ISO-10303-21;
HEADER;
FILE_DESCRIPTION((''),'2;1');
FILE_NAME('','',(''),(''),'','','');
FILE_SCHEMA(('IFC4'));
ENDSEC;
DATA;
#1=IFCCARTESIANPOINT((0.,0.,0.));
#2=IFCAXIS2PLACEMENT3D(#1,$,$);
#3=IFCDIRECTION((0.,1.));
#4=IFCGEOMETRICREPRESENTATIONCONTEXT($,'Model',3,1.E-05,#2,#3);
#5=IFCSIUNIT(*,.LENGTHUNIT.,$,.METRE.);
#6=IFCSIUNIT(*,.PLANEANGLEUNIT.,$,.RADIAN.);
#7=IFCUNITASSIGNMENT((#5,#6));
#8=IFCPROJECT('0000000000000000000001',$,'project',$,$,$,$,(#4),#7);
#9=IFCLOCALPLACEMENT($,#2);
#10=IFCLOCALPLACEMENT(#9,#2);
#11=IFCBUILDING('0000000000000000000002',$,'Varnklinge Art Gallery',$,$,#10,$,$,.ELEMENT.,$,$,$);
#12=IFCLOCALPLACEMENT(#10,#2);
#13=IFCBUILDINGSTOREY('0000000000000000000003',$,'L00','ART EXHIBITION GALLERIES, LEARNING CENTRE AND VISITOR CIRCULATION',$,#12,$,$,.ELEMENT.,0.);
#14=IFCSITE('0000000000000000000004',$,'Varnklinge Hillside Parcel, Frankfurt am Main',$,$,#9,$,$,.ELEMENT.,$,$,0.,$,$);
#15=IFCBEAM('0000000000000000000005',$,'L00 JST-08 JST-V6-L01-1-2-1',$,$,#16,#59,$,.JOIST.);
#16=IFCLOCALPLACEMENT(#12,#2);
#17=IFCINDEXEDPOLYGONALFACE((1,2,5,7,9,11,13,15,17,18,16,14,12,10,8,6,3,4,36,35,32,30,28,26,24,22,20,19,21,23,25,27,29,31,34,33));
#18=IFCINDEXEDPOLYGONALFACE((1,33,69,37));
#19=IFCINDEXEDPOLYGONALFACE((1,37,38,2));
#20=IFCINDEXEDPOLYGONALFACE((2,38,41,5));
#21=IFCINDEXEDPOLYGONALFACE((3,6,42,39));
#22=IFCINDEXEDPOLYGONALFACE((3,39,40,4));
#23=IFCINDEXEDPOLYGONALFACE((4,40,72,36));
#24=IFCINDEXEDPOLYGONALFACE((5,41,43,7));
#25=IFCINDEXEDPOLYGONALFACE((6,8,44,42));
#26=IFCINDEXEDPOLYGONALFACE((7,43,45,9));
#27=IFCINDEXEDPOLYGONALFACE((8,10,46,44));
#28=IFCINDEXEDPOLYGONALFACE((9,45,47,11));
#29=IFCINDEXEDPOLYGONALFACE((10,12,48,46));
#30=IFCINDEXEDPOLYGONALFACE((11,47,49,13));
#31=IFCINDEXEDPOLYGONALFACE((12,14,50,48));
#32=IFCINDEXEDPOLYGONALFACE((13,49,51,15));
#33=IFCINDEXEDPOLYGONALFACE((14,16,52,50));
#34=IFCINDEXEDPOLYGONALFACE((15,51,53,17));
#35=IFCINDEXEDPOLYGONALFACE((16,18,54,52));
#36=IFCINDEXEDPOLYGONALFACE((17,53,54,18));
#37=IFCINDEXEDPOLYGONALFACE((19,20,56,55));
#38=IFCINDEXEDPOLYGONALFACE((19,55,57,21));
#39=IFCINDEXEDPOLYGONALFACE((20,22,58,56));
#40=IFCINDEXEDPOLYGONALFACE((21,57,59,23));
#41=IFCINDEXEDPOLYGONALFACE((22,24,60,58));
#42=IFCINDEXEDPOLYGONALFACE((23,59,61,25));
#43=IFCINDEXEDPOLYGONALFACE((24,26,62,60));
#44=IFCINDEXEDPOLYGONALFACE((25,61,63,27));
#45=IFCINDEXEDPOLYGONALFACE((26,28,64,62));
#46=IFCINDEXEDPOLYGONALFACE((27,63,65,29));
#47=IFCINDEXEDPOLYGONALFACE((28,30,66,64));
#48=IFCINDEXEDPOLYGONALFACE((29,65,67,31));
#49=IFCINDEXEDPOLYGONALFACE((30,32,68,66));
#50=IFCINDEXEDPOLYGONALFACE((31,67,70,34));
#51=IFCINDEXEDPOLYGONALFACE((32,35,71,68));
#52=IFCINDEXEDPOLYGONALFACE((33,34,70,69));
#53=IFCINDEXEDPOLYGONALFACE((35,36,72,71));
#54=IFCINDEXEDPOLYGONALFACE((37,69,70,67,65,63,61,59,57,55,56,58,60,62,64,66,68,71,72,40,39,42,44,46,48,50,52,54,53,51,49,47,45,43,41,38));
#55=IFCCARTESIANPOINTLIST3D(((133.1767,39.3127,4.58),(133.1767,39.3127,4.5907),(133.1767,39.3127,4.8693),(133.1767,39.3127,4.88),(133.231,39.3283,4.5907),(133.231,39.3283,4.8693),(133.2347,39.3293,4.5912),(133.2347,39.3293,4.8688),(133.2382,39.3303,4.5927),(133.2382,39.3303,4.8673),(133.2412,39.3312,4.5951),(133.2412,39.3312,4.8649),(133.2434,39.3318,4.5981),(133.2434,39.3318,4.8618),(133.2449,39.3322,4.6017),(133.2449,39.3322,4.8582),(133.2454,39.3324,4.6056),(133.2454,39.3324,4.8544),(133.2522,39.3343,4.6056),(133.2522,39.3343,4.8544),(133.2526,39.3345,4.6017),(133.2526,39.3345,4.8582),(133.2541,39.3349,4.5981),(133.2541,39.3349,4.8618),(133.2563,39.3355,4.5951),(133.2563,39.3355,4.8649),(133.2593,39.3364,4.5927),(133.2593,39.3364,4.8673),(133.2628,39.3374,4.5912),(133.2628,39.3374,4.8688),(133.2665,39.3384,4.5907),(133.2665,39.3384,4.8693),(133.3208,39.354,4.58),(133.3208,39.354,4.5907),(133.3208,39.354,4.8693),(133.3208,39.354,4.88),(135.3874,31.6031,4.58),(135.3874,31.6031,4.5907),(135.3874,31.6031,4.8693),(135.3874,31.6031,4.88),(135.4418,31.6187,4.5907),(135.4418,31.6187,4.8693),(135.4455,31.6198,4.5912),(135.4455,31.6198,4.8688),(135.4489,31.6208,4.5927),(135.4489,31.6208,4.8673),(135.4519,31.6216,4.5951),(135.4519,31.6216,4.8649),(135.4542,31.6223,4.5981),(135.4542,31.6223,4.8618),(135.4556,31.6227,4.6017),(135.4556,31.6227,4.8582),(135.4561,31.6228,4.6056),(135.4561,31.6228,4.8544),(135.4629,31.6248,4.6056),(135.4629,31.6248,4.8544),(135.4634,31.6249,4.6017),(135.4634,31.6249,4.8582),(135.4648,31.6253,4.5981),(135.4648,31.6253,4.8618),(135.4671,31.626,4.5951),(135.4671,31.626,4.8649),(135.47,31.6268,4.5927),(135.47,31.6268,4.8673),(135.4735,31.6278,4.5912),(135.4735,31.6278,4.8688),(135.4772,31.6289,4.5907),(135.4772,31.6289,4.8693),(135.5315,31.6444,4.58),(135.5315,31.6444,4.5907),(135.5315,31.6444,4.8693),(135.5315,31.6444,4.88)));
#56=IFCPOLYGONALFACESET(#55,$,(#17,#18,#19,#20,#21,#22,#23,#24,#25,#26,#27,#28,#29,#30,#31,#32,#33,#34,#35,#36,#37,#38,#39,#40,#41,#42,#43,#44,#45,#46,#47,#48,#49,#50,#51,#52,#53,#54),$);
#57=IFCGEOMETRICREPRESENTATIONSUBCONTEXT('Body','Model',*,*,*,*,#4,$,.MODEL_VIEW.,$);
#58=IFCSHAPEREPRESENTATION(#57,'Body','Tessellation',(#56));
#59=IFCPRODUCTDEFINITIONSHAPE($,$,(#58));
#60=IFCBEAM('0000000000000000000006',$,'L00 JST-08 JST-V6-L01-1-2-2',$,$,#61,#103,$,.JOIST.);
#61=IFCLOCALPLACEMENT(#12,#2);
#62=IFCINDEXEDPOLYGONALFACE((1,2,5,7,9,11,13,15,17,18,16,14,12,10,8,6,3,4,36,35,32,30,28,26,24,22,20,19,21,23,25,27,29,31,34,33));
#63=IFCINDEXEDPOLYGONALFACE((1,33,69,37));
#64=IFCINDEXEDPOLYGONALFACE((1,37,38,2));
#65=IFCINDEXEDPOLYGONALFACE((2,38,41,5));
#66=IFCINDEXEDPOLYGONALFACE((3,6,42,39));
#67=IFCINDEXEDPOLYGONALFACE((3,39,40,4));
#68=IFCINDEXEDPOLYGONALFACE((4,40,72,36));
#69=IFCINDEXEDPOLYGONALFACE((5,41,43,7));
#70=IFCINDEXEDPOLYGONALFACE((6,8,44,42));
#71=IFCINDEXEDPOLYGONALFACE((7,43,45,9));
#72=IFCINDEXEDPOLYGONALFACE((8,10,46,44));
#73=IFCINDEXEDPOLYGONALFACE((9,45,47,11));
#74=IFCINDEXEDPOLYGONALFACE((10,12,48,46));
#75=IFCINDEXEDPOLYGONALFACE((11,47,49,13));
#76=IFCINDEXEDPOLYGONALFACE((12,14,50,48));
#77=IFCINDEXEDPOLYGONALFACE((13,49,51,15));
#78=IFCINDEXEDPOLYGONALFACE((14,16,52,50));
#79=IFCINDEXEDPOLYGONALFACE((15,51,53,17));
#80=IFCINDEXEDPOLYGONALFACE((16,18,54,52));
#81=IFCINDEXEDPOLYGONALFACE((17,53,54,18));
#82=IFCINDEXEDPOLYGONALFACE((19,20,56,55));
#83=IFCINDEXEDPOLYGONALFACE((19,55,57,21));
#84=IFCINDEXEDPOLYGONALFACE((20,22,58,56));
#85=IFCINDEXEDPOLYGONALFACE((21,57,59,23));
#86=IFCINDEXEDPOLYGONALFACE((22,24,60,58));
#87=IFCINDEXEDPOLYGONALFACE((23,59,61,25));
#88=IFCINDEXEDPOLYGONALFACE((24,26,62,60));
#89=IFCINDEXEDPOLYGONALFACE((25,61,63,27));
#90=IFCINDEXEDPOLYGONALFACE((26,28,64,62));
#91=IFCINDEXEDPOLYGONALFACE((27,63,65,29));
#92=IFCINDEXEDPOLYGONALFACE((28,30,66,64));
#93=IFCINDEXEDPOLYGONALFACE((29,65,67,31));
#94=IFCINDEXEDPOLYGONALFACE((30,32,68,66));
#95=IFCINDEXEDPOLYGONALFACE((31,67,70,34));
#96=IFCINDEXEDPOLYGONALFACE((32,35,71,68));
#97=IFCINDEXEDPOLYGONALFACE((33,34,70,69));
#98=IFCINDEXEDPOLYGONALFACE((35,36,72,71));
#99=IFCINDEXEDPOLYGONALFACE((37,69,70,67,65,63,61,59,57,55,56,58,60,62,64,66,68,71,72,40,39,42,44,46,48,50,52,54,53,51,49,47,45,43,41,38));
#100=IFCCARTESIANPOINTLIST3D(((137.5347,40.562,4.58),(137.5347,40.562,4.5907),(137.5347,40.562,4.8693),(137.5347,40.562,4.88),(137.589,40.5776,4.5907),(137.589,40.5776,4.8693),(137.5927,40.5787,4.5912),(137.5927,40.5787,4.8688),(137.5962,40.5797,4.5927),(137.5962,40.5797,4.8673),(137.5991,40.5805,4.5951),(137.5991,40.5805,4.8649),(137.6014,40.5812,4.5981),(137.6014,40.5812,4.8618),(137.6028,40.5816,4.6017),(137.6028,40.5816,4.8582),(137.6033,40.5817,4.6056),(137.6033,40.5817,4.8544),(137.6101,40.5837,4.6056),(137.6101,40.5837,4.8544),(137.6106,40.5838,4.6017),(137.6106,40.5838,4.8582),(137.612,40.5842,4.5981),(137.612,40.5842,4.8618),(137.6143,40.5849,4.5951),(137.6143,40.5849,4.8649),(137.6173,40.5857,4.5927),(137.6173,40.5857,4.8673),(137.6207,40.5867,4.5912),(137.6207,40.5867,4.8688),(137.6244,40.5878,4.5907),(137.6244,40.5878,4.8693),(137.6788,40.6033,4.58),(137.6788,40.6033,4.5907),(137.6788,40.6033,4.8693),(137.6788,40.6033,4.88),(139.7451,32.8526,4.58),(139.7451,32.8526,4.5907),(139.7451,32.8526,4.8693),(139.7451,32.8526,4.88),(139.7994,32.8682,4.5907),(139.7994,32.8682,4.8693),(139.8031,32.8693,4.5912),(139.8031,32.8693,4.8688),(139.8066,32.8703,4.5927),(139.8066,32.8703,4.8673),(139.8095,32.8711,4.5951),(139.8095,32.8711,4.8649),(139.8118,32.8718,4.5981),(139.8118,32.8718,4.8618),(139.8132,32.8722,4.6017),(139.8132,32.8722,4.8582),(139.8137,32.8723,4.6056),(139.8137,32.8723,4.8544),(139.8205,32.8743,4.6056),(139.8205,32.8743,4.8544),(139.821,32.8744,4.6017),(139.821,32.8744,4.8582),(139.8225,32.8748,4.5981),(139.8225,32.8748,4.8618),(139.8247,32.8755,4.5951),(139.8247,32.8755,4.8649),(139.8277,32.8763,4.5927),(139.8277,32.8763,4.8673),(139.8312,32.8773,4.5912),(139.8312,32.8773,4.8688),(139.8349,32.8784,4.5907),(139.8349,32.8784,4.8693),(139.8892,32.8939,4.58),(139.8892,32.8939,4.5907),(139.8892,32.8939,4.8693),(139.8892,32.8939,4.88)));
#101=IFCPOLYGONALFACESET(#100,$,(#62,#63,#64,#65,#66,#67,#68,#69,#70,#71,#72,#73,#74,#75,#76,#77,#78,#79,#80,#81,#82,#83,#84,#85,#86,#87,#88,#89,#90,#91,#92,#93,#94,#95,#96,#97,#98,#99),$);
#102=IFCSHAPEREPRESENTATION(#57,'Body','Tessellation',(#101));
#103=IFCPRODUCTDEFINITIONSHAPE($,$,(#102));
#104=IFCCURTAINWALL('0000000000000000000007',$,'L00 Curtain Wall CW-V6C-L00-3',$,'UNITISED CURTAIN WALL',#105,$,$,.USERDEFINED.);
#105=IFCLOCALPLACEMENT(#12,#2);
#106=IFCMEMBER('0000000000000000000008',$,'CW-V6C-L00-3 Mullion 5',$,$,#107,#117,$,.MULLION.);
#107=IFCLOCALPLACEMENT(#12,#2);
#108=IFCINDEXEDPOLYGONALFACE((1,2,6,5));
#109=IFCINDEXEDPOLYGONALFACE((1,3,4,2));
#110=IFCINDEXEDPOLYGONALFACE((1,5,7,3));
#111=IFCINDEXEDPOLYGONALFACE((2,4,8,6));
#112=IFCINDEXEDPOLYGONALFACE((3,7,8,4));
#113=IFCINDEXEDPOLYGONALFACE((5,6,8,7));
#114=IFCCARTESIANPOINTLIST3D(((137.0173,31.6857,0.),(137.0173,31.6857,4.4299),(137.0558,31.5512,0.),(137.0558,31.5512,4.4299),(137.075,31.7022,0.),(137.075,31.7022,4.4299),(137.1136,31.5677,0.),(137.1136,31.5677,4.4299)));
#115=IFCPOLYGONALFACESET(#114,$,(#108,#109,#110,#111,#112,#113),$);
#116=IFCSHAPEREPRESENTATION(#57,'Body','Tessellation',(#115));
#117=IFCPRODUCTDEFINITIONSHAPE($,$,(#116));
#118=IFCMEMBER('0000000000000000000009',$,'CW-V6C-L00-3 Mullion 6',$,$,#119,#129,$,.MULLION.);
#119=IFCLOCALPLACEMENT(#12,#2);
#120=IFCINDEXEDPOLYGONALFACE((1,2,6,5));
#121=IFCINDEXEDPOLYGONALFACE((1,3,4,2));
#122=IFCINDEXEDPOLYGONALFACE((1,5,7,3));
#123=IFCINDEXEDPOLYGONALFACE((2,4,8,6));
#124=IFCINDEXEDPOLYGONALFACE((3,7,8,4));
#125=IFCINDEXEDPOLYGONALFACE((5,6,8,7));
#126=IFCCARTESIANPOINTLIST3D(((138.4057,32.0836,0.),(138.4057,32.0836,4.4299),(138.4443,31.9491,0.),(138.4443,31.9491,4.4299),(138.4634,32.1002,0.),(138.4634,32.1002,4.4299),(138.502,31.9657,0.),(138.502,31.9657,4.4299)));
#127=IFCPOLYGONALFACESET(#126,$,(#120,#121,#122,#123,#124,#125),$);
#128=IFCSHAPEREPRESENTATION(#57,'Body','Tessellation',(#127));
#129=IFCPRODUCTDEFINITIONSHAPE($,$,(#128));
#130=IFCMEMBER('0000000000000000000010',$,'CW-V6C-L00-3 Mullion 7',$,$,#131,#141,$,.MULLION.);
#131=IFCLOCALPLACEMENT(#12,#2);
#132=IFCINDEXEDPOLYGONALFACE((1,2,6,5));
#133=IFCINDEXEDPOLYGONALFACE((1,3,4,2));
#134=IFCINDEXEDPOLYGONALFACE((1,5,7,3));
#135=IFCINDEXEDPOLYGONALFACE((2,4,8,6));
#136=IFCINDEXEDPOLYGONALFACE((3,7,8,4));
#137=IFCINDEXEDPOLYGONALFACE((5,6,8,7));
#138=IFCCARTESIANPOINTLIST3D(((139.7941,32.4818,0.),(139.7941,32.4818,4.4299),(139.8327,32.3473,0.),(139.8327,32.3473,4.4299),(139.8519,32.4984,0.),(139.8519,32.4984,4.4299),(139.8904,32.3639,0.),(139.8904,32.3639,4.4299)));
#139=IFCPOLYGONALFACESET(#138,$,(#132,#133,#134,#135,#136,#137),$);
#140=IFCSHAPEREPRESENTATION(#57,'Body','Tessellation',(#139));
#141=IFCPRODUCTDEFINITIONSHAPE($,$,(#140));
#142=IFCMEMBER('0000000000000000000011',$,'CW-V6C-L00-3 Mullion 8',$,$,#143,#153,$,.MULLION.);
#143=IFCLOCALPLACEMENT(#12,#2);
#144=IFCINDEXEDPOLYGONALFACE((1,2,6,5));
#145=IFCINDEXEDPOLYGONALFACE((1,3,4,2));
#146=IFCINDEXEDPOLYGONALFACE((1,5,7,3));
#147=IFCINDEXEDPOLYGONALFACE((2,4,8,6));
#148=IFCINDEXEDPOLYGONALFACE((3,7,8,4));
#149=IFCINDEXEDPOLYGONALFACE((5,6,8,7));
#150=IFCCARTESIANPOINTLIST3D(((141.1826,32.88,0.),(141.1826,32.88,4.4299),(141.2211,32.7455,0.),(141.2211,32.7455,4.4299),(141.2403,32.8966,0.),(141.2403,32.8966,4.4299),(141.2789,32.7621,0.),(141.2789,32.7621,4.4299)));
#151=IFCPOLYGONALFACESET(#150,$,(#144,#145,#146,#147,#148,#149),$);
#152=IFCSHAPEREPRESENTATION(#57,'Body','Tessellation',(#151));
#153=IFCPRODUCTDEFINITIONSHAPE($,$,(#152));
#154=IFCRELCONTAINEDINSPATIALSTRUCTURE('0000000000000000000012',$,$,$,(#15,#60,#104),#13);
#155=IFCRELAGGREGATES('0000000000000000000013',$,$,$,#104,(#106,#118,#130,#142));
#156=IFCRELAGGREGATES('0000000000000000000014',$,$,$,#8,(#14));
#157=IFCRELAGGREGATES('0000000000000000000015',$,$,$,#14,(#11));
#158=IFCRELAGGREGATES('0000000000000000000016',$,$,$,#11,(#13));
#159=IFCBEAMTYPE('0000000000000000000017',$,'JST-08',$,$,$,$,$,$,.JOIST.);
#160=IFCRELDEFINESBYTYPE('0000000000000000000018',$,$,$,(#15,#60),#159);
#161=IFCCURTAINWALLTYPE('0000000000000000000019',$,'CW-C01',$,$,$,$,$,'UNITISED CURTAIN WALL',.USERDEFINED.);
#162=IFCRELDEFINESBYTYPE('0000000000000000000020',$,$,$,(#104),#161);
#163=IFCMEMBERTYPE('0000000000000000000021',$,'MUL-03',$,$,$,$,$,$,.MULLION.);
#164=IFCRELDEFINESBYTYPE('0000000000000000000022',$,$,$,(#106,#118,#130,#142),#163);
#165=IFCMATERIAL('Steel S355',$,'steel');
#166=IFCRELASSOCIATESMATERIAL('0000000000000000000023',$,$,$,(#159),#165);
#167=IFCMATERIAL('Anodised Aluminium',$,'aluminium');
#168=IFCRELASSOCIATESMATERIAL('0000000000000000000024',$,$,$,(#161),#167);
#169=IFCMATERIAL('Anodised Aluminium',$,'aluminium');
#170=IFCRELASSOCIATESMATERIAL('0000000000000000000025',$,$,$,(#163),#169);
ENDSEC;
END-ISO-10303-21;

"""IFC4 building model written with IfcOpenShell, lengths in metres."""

from ifc_helpers import new_model, si_unit, direction, frame, origin, origin_2d, place, context, subcontext, project, spatial, rectangle, i_section, extrude, material, material_profile, profile_set, type_object, element, aggregate, save


model = new_model("IFC4")

# Units and contexts
model_context = context("Model", 3, precision=1e-05, world=origin(), true_north=direction((0.0, 1.0)))
body_context = subcontext(model_context, "Body", "Model", "MODEL_VIEW")
ifc_project = project(units=[si_unit("LENGTHUNIT", "METRE"), si_unit("PLANEANGLEUNIT", "RADIAN")], contexts=[model_context])

# Site, building, storey
site_placement = place(None, origin())
site = spatial("IfcSite", under=ifc_project, at=site_placement, Name="Varnklinge Hillside Parcel, Frankfurt am Main", CompositionType="ELEMENT", RefElevation=0.0)
building_placement = place(site_placement, origin())
building = spatial("IfcBuilding", under=site, at=building_placement, Name="Varnklinge Art Gallery", CompositionType="ELEMENT")
storey_placement = place(building_placement, origin())
storey = spatial("IfcBuildingStorey", under=building, at=storey_placement, Name="L00", Description="ART EXHIBITION GALLERIES, LEARNING CENTRE AND VISITOR CIRCULATION", CompositionType="ELEMENT", Elevation=0.0)

# Beams
ifc_material_1 = material(Name="Steel S355", Category="steel")
ifc_material_profile_1 = material_profile(ifc_material_1, i_section(OverallWidth=0.1499, OverallDepth=0.3, WebThickness=0.0071, FlangeThickness=0.0107, FilletRadius=0.0149, at=origin_2d()), Name="IPE 300")
ifc_profile_set_1 = profile_set([ifc_material_profile_1], Name="Steel S355")
beam_type_1 = type_object("IfcBeamType", Name="JST-08", PredefinedType="JOIST", material=ifc_profile_set_1)
beam_1_placement = place(storey_placement, frame((135.4595, 31.6238, 4.73), z_axis=(-0.275642, 0.96126, 0.0), x_axis=(-0.96126, -0.275642, 0.0)))
element("IfcBeam", 1, at=beam_1_placement, inside=storey, type_object=beam_type_1, Name="L00 JST-08 JST-V6-L01-1-2-1", PredefinedType="JOIST", context=body_context, shape_type="SweptSolid", body=[
    extrude(i_section(OverallWidth=0.1499, OverallDepth=0.3, WebThickness=0.0071, FlangeThickness=0.0107, FilletRadius=0.0149, at=origin_2d()), origin(), (0.0, 0.0, 1.0), 8.0203),
])
beam_2_placement = place(storey_placement, frame((139.8171, 32.8733, 4.73), z_axis=(-0.275614, 0.961269, 0.0), x_axis=(-0.961269, -0.275614, 0.0)))
element("IfcBeam", 2, at=beam_2_placement, inside=storey, type_object=beam_type_1, Name="L00 JST-08 JST-V6-L01-1-2-2", PredefinedType="JOIST", context=body_context, shape_type="SweptSolid", body=[
    extrude(i_section(OverallWidth=0.1499, OverallDepth=0.3, WebThickness=0.0071, FlangeThickness=0.0107, FilletRadius=0.0149, at=origin_2d()), origin(), (0.0, 0.0, 1.0), 8.02),
])

# Curtain wall, members
ifc_material_2 = material(Name="Anodised Aluminium", Category="aluminium")
curtain_wall_type = type_object("IfcCurtainWallType", Name="CW-C01", ElementType="UNITISED CURTAIN WALL", PredefinedType="USERDEFINED", material=ifc_material_2)
curtain_wall_placement = place(storey_placement, origin())
curtain_wall = element("IfcCurtainWall", 3, at=curtain_wall_placement, inside=storey, type_object=curtain_wall_type, Name="L00 Curtain Wall CW-V6C-L00-3", ObjectType="UNITISED CURTAIN WALL", PredefinedType="USERDEFINED")
ifc_material_3 = material(Name="Anodised Aluminium", Category="aluminium")
ifc_material_profile_2 = material_profile(ifc_material_3, rectangle(XDim=0.0601, YDim=0.1399, at=origin_2d()), Name="ALU 60x140")
ifc_profile_set_2 = profile_set([ifc_material_profile_2], Name="Anodised Aluminium")
member_type = type_object("IfcMemberType", Name="MUL-03", PredefinedType="MULLION", material=ifc_profile_set_2)
member_1_placement = place(storey_placement, frame((137.0654, 31.6267, 0.0), z_axis=(0.0, 0.0, 1.0), x_axis=(0.961262, 0.275637, 0.0)))
member_1 = element("IfcMember", 4, at=member_1_placement, type_object=member_type, Name="CW-V6C-L00-3 Mullion 5", PredefinedType="MULLION", context=body_context, shape_type="SweptSolid", body=[
    extrude(rectangle(XDim=0.0601, YDim=0.1399, at=origin_2d()), origin(), (0.0, 0.0, 1.0), 4.4299),
])
member_2_placement = place(storey_placement, frame((138.4539, 32.0247, 0.0), z_axis=(0.0, 0.0, 1.0), x_axis=(0.961262, 0.275637, 0.0)))
member_2 = element("IfcMember", 5, at=member_2_placement, type_object=member_type, Name="CW-V6C-L00-3 Mullion 6", PredefinedType="MULLION", context=body_context, shape_type="SweptSolid", body=[
    extrude(rectangle(XDim=0.0601, YDim=0.1399, at=origin_2d()), origin(), (0.0, 0.0, 1.0), 4.4299),
])
member_3_placement = place(storey_placement, frame((139.8423, 32.4229, 0.0), z_axis=(0.0, 0.0, 1.0), x_axis=(0.961262, 0.275637, 0.0)))
member_3 = element("IfcMember", 6, at=member_3_placement, type_object=member_type, Name="CW-V6C-L00-3 Mullion 7", PredefinedType="MULLION", context=body_context, shape_type="SweptSolid", body=[
    extrude(rectangle(XDim=0.0601, YDim=0.1399, at=origin_2d()), origin(), (0.0, 0.0, 1.0), 4.4299),
])
member_4_placement = place(storey_placement, frame((141.2307, 32.821, 0.0), z_axis=(0.0, 0.0, 1.0), x_axis=(0.961262, 0.275637, 0.0)))
member_4 = element("IfcMember", 7, at=member_4_placement, type_object=member_type, Name="CW-V6C-L00-3 Mullion 8", PredefinedType="MULLION", context=body_context, shape_type="SweptSolid", body=[
    extrude(rectangle(XDim=0.0601, YDim=0.1399, at=origin_2d()), origin(), (0.0, 0.0, 1.0), 4.4299),
])

aggregate(curtain_wall, [member_1, member_2, member_3, member_4])

save(model, "model.ifc")
